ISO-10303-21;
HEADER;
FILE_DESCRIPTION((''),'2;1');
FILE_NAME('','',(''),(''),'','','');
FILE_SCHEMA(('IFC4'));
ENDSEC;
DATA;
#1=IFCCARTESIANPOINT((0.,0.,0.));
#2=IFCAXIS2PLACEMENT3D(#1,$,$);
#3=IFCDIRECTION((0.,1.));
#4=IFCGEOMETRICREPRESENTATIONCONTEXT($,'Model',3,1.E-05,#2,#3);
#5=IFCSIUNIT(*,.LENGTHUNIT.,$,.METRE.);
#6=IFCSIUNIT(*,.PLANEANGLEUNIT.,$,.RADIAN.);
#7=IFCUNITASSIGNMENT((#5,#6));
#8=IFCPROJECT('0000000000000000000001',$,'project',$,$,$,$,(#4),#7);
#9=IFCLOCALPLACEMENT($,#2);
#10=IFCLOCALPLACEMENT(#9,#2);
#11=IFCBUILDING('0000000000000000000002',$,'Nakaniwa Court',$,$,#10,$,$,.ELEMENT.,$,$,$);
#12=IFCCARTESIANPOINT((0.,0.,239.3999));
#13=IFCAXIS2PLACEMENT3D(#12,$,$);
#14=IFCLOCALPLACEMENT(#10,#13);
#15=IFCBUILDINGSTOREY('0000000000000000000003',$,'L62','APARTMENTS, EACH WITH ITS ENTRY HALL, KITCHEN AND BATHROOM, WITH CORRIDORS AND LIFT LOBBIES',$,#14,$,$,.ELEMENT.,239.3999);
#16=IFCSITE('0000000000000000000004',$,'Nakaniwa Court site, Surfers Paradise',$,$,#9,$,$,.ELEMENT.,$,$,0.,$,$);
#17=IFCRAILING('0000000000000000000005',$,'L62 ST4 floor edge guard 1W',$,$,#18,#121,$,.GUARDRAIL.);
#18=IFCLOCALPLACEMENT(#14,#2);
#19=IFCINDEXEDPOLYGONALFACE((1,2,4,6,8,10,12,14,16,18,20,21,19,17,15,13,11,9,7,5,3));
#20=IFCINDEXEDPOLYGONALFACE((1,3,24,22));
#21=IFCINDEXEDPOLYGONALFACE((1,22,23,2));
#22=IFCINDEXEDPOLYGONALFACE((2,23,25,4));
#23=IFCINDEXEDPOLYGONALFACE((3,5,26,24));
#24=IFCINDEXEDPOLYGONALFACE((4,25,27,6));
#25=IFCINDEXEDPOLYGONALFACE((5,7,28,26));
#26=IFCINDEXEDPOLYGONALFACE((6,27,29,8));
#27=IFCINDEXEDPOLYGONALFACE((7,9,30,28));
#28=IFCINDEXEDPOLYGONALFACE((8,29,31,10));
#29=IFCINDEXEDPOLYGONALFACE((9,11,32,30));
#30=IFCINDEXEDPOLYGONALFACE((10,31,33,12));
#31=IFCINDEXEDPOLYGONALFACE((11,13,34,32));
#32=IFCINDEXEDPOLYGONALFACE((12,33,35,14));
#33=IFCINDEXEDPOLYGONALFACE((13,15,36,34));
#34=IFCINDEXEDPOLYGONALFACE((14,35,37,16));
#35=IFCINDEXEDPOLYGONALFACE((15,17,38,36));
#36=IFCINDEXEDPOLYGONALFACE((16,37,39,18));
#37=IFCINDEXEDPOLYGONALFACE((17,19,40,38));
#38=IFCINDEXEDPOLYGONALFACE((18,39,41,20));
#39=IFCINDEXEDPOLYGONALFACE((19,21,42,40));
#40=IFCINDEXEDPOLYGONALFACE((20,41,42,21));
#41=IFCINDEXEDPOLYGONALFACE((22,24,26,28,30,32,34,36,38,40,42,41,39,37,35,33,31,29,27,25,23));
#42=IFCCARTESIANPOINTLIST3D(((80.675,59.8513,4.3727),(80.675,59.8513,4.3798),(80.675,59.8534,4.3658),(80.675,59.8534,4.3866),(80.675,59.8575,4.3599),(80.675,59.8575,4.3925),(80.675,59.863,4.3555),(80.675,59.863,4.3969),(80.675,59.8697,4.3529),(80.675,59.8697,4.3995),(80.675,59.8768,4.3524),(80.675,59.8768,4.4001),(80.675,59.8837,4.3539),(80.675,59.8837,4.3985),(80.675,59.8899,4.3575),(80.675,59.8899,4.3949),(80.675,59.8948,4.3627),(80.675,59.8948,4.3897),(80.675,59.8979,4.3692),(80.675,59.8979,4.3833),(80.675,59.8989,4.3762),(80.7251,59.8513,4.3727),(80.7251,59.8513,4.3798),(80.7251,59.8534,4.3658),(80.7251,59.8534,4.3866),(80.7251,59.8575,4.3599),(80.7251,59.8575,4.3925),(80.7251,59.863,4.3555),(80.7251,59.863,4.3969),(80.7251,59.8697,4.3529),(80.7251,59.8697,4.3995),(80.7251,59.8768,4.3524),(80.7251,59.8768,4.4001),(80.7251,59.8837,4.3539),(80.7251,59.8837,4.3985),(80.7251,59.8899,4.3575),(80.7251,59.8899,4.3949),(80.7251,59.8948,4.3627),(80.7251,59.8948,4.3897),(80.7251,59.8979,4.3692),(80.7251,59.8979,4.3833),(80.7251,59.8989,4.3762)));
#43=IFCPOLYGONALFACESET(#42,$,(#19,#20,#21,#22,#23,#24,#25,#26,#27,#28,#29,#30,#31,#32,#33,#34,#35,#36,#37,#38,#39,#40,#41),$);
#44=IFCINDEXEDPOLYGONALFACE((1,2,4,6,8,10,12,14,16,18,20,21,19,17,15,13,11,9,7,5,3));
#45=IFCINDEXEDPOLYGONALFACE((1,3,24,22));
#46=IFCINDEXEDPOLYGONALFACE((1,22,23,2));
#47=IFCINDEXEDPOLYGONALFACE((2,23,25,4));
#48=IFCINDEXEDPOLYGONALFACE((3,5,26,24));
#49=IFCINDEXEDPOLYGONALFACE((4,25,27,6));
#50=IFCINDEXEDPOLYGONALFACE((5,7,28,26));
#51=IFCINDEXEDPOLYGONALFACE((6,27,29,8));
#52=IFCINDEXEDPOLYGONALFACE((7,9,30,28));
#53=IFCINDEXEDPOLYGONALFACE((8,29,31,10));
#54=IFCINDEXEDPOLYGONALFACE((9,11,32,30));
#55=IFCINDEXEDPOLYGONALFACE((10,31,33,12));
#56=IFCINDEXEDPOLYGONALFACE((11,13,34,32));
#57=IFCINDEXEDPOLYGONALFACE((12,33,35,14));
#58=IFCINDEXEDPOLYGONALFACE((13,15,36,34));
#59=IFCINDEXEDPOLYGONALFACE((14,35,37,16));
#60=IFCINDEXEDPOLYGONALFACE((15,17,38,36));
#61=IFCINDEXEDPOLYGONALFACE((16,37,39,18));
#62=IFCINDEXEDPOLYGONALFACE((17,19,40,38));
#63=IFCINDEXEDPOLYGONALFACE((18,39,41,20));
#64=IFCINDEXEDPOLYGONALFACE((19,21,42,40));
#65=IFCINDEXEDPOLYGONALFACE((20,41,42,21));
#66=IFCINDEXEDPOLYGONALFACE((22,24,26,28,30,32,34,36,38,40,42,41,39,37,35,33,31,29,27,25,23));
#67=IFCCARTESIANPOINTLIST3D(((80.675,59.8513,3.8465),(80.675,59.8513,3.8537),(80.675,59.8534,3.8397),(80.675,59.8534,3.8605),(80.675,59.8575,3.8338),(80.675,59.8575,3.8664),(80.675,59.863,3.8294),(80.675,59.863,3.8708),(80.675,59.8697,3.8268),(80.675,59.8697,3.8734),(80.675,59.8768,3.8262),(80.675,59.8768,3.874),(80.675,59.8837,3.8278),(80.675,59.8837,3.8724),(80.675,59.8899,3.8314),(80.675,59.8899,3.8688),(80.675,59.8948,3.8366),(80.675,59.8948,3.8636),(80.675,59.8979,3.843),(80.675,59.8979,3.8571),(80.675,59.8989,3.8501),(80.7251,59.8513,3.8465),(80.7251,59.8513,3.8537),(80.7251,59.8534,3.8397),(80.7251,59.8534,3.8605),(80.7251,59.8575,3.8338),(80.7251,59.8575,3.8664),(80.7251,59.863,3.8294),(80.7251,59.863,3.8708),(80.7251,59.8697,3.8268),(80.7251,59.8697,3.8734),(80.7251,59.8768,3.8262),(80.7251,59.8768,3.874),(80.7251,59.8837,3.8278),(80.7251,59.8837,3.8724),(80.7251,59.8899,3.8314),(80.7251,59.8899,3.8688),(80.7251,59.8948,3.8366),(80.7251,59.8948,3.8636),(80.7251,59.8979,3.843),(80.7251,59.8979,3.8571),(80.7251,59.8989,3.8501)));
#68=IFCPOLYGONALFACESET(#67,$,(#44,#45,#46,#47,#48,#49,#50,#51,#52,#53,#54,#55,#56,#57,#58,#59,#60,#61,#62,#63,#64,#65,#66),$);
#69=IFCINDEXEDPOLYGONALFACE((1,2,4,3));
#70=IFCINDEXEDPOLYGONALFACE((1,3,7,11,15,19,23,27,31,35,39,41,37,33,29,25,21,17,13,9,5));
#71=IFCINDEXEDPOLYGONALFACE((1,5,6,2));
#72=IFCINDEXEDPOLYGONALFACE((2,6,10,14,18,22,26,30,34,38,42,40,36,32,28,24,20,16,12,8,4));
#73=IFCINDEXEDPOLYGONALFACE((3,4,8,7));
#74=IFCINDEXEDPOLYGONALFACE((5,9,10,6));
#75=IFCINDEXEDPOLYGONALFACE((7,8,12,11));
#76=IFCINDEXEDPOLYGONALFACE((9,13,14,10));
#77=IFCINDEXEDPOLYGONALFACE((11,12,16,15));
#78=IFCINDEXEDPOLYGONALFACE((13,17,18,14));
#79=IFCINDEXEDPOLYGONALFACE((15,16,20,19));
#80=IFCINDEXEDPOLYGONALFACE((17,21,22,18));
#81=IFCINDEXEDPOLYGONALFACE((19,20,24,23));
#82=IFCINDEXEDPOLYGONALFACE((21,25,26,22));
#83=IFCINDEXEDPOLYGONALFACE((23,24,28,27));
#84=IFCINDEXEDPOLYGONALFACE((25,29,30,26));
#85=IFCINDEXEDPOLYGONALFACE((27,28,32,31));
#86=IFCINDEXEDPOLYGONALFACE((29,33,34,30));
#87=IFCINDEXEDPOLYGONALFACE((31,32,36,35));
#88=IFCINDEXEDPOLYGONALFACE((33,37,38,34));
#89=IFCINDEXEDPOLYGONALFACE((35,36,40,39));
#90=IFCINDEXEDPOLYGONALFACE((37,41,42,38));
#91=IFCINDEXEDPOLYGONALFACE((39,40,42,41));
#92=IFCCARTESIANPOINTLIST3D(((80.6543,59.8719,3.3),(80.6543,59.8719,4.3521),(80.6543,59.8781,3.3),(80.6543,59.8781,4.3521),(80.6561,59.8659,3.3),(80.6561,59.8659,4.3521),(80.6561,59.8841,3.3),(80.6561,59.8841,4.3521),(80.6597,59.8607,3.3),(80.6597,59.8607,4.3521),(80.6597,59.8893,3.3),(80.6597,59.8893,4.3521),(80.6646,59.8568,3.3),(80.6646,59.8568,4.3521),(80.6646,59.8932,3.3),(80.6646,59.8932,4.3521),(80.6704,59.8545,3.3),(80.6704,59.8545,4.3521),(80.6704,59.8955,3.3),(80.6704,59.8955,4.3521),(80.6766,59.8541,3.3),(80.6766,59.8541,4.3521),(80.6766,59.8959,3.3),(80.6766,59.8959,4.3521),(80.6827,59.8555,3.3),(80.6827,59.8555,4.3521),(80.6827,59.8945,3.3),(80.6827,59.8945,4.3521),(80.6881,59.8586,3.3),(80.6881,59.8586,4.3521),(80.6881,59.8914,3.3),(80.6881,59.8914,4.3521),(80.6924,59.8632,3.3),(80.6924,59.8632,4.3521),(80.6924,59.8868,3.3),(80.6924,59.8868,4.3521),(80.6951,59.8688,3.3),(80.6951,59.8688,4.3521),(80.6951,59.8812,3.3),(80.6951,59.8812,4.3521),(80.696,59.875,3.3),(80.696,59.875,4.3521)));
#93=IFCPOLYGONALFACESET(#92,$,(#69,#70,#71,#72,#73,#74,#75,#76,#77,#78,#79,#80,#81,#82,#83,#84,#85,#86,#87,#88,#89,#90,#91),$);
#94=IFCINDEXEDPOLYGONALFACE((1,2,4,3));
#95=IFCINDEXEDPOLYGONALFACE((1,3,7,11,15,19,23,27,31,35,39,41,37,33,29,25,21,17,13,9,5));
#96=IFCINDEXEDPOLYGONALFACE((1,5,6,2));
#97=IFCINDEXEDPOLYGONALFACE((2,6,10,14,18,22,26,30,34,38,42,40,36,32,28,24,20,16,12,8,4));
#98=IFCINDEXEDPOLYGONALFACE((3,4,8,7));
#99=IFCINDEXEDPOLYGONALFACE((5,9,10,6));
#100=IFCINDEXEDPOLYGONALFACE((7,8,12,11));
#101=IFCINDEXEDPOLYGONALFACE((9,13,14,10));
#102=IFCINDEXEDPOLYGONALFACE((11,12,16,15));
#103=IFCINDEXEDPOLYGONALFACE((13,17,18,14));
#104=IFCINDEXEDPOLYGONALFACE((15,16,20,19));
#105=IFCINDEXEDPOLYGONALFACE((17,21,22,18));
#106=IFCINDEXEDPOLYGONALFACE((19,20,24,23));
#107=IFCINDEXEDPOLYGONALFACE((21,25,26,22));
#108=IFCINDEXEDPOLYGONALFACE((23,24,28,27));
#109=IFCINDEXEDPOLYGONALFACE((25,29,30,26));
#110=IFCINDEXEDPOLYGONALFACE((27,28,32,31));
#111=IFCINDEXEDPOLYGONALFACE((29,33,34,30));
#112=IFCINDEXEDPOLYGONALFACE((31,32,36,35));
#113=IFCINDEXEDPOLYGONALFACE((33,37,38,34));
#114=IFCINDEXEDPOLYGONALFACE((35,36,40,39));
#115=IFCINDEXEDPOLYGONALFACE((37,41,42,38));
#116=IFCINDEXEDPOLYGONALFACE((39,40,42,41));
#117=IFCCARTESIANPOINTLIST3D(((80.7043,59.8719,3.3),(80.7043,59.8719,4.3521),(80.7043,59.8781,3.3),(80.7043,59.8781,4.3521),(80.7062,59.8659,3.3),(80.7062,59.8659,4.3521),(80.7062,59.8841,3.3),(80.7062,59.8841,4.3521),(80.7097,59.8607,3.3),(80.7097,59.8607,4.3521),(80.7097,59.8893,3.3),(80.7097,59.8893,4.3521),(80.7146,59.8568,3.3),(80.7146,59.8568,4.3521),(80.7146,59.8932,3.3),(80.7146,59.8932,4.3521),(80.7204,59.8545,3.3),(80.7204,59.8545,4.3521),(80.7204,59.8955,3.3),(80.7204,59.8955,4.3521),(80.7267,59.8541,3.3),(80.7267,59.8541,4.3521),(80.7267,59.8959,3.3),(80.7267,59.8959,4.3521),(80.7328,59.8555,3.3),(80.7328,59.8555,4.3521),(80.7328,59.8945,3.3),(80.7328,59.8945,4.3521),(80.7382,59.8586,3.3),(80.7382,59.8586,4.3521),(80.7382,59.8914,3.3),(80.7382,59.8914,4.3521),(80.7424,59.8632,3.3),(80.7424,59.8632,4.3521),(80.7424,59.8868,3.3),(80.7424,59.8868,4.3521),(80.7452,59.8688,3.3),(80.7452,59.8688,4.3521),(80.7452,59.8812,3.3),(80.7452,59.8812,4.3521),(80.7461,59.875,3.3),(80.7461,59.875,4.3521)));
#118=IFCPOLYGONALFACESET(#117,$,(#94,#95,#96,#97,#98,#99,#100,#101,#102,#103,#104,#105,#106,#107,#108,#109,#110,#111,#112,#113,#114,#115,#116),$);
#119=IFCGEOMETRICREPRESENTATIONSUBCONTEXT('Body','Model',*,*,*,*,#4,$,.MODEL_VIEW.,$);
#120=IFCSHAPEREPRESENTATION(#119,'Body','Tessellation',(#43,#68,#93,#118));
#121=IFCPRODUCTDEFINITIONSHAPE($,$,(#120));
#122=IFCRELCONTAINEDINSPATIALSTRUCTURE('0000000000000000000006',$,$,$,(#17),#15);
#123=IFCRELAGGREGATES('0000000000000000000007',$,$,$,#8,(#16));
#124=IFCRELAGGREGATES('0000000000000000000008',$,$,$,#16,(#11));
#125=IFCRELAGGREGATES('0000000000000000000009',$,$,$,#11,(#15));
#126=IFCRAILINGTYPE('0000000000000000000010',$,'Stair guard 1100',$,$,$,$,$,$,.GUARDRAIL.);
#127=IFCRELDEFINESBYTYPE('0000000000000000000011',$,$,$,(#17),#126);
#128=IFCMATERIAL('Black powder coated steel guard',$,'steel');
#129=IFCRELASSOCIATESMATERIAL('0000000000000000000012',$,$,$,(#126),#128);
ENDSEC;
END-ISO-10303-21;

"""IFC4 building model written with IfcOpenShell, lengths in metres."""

from ifc_helpers import new_model, si_unit, direction, frame, origin, origin_2d, place, context, subcontext, project, spatial, circle, extrude, material, type_object, element, save


model = new_model("IFC4")

# Units and contexts
model_context = context("Model", 3, precision=1e-05, world=origin(), true_north=direction((0.0, 1.0)))
body_context = subcontext(model_context, "Body", "Model", "MODEL_VIEW")
ifc_project = project(units=[si_unit("LENGTHUNIT", "METRE"), si_unit("PLANEANGLEUNIT", "RADIAN")], contexts=[model_context])

# Site, building, storey
site_placement = place(None, origin())
site = spatial("IfcSite", under=ifc_project, at=site_placement, Name="Nakaniwa Court site, Surfers Paradise", CompositionType="ELEMENT", RefElevation=0.0)
building_placement = place(site_placement, origin())
building = spatial("IfcBuilding", under=site, at=building_placement, Name="Nakaniwa Court", CompositionType="ELEMENT")
storey_placement = place(building_placement, frame((0.0, 0.0, 239.3999)))
storey = spatial("IfcBuildingStorey", under=building, at=storey_placement, Name="L62", Description="APARTMENTS, EACH WITH ITS ENTRY HALL, KITCHEN AND BATHROOM, WITH CORRIDORS AND LIFT LOBBIES", CompositionType="ELEMENT", Elevation=239.3999)

# Railing
ifc_material_1 = material(Name="Black powder coated steel guard", Category="steel")
railing_type_1 = type_object("IfcRailingType", Name="Stair guard 1100", PredefinedType="GUARDRAIL", material=ifc_material_1)
for number, where, name in (
    (1, (80.675, 59.875, 3.3), "L62 ST4 floor edge guard 1W"),
):
    element("IfcRailing", number, at=place(storey_placement, frame(where)), inside=storey, type_object=railing_type_1, Name=name, PredefinedType="GUARDRAIL", context=body_context, shape_type="SweptSolid", body=[
        extrude(circle(Radius=0.0239, at=origin_2d()), frame((0.0, 0.0, 1.0762), z_axis=(1.0, 0.0, 0.0), x_axis=(0.0, 1.0, 0.0)), (0.0, 0.0, 1.0), 0.05),
        extrude(circle(Radius=0.0239, at=origin_2d()), frame((0.0, 0.0, 0.55), z_axis=(1.0, 0.0, 0.0), x_axis=(0.0, 1.0, 0.0)), (0.0, 0.0, 1.0), 0.05),
        extrude(circle(Radius=0.021, at=origin_2d()), origin(), (0.0, 0.0, 1.0), 1.052),
        extrude(circle(Radius=0.021, at=origin_2d()), frame((0.05, 0.0, 0.0)), (0.0, 0.0, 1.0), 1.052),
    ])

save(model, "model.ifc")
